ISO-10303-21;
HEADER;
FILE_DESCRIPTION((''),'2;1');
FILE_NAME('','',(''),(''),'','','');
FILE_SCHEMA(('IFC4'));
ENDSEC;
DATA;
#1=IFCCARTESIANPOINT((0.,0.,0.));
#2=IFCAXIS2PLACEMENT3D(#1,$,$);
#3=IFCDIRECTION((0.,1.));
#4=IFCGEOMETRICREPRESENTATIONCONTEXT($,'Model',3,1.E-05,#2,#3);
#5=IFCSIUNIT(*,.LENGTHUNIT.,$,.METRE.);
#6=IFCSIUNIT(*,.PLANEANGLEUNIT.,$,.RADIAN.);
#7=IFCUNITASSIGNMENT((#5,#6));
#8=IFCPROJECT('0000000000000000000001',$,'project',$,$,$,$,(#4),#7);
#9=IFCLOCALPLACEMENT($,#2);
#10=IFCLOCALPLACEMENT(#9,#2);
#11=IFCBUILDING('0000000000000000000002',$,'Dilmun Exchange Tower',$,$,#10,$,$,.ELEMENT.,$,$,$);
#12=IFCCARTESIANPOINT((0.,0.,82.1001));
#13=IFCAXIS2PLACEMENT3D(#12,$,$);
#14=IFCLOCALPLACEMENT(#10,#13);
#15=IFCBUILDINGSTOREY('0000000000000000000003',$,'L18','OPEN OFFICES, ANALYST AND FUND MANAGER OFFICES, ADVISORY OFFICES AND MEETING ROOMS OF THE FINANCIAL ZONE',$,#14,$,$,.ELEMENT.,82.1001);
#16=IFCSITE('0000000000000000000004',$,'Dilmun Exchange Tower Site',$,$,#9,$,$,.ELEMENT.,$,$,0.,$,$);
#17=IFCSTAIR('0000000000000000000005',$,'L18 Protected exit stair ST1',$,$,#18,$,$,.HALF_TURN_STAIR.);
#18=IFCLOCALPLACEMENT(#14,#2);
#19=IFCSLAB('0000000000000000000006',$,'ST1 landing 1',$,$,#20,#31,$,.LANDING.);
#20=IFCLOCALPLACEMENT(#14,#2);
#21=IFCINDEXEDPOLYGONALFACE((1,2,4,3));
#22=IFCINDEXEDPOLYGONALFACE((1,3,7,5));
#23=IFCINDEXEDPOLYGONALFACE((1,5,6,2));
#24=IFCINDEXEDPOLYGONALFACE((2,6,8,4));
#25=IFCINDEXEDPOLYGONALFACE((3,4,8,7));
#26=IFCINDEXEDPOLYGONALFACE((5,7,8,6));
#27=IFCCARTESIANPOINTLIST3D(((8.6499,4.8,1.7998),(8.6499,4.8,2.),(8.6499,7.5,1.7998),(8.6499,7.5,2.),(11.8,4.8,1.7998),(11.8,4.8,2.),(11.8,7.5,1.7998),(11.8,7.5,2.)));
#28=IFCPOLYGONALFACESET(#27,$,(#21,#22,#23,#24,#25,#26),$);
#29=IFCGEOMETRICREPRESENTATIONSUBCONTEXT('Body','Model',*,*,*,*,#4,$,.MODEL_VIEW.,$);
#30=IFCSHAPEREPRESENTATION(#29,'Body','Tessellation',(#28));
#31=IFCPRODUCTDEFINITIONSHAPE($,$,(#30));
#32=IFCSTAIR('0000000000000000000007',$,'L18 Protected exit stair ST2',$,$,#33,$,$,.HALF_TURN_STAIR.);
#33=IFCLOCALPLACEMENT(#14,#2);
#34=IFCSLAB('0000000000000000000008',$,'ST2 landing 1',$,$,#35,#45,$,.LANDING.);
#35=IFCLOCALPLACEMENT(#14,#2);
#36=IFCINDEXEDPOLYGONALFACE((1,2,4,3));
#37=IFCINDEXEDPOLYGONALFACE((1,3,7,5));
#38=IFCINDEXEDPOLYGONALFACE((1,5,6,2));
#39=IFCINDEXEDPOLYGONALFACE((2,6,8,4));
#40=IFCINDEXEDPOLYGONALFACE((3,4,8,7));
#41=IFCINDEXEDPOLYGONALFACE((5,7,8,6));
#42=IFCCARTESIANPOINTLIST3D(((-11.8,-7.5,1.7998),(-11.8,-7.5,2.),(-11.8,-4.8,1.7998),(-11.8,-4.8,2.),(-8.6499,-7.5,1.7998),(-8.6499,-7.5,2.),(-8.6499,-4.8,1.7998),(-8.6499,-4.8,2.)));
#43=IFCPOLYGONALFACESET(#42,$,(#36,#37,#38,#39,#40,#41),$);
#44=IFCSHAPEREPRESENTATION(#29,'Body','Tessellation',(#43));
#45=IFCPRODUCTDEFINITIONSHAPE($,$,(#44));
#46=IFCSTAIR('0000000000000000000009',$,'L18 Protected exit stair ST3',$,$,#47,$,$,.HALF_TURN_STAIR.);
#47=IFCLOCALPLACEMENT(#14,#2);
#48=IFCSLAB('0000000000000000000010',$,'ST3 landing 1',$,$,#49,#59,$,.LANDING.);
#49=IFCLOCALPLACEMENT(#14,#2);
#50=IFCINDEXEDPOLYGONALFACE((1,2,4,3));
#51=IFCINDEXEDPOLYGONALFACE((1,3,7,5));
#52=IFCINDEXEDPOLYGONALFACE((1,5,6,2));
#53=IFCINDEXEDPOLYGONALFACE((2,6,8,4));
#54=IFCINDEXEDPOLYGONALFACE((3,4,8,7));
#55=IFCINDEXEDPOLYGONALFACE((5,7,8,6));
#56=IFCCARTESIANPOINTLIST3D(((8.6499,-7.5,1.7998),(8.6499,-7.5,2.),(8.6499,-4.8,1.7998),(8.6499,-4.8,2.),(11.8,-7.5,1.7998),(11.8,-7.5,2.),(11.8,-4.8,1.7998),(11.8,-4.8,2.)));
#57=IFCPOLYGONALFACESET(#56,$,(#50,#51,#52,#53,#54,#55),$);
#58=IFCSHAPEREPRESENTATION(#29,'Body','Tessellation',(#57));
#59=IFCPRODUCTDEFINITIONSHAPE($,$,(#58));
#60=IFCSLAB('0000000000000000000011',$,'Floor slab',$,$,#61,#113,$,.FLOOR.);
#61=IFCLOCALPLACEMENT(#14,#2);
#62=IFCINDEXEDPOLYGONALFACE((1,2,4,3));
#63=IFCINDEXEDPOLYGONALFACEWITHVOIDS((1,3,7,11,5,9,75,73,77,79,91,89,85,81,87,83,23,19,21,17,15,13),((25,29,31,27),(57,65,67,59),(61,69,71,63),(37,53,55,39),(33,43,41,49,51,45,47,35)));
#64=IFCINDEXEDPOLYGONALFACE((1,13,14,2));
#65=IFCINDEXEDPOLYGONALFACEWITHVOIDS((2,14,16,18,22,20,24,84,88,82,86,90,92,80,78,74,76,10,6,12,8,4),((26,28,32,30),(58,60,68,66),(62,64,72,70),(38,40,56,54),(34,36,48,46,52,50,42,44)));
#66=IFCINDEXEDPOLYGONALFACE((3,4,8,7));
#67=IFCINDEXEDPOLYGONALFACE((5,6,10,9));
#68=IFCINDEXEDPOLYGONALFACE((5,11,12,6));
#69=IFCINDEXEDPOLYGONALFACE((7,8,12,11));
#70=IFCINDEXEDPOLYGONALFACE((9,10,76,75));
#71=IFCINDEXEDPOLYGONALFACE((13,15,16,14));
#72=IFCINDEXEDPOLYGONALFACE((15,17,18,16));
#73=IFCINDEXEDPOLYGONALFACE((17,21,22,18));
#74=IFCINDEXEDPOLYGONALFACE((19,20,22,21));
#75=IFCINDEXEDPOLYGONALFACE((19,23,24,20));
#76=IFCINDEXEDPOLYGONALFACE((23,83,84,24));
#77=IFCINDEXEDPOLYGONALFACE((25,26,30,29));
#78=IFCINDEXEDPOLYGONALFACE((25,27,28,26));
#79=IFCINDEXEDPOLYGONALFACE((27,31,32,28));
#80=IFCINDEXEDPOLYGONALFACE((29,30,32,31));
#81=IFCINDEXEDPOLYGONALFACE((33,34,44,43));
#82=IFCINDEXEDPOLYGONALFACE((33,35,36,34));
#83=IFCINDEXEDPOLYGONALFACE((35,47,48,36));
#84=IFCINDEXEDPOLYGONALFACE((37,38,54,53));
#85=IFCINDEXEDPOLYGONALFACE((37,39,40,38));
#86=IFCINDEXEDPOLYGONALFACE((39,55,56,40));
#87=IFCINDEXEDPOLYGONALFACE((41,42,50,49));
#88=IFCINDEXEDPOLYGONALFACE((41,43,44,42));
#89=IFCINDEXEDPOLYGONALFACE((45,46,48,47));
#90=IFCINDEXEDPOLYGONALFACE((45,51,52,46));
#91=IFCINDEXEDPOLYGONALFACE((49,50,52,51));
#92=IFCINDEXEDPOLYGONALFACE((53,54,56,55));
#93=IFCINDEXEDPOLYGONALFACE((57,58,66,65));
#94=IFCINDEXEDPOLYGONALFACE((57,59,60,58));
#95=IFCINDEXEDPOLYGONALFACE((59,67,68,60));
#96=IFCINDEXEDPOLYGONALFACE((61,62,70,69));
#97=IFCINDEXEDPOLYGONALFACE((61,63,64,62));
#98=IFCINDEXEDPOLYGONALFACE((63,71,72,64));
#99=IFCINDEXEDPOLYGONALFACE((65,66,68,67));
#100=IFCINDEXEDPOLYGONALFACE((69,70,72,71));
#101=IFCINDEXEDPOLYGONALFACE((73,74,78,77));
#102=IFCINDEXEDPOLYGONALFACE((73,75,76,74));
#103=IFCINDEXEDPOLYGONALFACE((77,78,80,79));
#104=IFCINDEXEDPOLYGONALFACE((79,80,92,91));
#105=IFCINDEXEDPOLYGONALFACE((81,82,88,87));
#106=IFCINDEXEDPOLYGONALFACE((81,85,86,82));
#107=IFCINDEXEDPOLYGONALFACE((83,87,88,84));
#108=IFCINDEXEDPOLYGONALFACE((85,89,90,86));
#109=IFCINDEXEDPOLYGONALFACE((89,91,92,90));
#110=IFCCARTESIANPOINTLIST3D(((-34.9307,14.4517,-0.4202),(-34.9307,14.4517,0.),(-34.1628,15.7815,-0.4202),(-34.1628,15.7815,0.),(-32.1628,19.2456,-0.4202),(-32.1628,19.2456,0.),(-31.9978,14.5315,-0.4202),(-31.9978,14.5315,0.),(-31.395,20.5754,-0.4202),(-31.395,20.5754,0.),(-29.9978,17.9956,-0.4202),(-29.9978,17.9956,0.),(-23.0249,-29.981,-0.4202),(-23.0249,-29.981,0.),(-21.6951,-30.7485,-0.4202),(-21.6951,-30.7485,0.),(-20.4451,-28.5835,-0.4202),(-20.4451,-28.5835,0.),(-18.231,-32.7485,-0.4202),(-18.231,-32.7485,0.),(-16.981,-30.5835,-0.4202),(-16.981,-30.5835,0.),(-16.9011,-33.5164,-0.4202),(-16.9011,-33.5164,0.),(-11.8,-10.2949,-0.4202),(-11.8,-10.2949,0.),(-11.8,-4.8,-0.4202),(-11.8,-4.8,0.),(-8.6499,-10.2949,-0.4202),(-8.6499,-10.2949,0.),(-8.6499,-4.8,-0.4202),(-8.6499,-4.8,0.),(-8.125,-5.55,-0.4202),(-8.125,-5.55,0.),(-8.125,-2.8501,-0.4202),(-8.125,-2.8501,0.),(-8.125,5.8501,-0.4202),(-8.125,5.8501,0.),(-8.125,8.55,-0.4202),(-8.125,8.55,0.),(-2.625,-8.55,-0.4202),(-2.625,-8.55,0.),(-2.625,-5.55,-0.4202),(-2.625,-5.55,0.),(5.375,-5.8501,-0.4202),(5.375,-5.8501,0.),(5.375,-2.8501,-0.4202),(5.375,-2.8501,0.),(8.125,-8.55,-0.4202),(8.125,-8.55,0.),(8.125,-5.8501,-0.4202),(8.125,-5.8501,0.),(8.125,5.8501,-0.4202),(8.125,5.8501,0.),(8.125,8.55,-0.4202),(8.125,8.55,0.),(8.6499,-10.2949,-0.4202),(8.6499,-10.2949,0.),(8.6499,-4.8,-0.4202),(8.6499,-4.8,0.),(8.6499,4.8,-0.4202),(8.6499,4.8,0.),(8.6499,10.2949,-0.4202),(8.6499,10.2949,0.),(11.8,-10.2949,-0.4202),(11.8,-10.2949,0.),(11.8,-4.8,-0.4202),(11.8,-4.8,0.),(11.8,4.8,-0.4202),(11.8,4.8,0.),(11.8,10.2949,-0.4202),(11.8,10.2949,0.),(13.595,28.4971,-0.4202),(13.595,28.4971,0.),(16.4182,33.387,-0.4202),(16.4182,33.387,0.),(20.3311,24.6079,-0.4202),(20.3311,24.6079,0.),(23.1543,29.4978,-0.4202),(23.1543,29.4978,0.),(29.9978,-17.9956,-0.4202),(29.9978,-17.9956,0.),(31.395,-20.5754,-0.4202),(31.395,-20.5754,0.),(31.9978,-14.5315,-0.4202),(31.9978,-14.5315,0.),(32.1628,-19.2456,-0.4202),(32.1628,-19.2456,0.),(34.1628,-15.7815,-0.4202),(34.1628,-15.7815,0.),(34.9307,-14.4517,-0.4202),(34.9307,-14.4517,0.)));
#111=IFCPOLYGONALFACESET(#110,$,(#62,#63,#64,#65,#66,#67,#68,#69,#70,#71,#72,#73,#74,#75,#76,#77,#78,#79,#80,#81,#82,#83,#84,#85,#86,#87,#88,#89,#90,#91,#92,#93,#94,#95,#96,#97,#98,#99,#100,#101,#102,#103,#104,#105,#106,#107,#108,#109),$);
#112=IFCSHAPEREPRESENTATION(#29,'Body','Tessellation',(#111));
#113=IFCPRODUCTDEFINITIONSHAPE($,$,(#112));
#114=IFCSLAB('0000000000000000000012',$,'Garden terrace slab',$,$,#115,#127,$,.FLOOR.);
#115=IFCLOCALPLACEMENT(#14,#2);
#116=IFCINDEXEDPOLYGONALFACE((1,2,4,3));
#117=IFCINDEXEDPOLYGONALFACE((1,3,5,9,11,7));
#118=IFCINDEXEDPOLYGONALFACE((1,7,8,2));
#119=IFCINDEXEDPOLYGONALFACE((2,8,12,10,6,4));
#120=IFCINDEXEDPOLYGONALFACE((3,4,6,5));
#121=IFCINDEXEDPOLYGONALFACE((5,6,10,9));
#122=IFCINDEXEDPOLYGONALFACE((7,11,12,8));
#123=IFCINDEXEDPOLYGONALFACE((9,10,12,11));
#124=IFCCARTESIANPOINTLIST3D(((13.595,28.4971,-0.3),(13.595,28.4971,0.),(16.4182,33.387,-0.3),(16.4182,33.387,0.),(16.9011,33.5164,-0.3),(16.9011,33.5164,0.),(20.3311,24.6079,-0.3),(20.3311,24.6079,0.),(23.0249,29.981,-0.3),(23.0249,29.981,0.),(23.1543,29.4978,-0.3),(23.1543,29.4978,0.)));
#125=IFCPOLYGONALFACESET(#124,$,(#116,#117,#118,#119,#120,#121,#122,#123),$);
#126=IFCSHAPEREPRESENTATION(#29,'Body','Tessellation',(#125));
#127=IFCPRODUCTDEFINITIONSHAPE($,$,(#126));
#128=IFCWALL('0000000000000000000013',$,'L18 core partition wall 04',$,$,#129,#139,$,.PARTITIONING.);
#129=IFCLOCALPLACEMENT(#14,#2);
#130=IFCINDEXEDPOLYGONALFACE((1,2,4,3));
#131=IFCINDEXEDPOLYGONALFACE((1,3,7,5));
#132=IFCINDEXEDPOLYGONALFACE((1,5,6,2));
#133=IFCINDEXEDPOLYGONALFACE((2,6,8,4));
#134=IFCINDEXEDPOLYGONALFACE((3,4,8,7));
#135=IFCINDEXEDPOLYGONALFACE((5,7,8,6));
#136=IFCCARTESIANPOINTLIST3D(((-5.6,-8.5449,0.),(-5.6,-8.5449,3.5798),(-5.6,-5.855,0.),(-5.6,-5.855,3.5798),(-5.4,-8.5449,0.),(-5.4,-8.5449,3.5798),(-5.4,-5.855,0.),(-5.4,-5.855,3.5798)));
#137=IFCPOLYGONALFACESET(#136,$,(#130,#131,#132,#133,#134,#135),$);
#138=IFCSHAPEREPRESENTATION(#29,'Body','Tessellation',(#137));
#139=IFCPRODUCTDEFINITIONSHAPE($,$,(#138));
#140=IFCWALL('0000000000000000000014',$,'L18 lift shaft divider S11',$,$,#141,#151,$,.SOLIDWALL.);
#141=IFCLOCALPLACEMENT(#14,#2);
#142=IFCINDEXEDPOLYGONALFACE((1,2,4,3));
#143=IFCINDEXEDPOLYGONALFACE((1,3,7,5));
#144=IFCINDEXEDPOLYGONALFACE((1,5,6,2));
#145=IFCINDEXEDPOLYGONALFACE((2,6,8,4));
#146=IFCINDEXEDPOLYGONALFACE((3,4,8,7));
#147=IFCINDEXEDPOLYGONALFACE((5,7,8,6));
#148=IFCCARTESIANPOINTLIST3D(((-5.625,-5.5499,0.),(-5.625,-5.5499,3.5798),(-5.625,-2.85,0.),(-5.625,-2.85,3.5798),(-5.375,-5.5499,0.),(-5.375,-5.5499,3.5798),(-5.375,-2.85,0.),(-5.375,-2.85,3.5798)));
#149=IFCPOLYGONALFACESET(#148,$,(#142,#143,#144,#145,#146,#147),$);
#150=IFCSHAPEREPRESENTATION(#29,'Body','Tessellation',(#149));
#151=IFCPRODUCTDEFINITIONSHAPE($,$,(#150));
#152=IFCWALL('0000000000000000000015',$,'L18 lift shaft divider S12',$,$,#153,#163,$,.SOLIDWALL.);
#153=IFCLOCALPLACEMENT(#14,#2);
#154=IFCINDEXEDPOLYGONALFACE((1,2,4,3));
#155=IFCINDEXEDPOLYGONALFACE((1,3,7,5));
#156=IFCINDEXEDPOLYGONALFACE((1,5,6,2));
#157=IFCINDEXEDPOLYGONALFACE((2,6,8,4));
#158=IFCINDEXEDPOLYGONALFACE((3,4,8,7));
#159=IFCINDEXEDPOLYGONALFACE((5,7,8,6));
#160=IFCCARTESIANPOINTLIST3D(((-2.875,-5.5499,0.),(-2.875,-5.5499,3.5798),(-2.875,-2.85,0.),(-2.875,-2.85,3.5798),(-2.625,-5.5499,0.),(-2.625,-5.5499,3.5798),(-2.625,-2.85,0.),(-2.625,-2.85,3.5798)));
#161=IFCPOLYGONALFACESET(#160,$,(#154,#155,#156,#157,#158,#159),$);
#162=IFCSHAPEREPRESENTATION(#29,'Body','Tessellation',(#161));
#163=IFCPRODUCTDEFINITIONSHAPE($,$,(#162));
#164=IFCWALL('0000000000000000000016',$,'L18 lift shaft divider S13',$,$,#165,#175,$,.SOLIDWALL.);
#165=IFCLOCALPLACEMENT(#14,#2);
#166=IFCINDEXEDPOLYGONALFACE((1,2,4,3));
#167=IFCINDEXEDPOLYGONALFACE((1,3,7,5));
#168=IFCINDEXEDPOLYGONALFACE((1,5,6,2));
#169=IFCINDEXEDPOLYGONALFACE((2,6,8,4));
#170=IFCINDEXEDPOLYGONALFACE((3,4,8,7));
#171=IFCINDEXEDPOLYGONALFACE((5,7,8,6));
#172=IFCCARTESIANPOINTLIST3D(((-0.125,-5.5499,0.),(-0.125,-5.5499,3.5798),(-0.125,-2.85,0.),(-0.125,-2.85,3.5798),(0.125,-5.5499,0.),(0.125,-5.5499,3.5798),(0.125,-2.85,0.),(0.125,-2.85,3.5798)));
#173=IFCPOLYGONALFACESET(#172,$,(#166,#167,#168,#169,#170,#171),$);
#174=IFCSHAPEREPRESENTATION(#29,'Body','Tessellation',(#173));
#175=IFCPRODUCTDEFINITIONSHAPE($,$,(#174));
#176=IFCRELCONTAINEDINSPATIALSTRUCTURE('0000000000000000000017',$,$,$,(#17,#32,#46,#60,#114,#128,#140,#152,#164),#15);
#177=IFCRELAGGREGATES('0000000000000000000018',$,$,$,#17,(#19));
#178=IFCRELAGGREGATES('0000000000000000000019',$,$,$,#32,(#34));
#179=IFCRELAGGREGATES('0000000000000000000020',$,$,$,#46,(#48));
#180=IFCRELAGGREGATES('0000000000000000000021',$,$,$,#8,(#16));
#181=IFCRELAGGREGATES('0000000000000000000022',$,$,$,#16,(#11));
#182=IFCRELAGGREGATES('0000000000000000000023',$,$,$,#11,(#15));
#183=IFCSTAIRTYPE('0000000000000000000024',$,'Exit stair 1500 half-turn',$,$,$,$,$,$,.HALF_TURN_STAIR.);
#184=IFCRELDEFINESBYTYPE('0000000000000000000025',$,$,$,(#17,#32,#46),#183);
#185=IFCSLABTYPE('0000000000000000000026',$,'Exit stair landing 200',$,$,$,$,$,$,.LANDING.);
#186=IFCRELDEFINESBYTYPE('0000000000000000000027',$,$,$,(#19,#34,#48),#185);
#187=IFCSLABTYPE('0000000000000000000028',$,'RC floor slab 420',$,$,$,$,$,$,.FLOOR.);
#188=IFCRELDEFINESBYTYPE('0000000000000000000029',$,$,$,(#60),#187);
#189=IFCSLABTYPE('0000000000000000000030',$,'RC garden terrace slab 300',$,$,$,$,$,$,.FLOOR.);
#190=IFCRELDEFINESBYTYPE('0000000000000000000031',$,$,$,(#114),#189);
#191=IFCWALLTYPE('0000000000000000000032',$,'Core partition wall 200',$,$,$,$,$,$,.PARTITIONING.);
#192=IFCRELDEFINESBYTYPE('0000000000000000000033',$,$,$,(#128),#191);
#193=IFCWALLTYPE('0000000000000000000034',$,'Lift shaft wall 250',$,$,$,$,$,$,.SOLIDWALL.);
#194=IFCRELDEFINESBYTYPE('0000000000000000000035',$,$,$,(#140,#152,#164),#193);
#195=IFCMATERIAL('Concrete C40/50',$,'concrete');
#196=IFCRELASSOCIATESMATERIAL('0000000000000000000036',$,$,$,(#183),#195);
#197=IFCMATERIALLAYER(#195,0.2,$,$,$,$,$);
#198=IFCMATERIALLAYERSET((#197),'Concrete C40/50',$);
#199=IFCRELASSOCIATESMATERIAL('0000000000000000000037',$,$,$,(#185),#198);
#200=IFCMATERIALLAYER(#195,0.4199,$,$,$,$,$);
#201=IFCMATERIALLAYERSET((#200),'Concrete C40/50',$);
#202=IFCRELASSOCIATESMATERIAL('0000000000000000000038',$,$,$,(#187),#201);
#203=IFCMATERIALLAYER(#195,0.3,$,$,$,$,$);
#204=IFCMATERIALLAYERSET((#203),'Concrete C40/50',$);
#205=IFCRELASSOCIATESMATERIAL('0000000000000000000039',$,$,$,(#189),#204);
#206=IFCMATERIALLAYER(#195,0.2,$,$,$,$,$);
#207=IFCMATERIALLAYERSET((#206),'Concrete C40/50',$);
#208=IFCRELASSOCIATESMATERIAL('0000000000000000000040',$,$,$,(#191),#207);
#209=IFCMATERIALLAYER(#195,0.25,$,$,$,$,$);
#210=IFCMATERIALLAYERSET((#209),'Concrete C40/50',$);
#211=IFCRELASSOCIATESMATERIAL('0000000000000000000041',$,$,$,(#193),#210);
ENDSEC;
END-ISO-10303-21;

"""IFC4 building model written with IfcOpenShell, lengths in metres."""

from ifc_helpers import new_model, si_unit, direction, frame, frame_2d, origin, place, context, subcontext, project, spatial, polyline, rectangle, outline, extrude, material, layer, layer_set, type_object, element, aggregate, save


model = new_model("IFC4")

# Units and contexts
model_context = context("Model", 3, precision=1e-05, world=origin(), true_north=direction((0.0, 1.0)))
body_context = subcontext(model_context, "Body", "Model", "MODEL_VIEW")
ifc_project = project(units=[si_unit("LENGTHUNIT", "METRE"), si_unit("PLANEANGLEUNIT", "RADIAN")], contexts=[model_context])

# Site, building, storey
site_placement = place(None, origin())
site = spatial("IfcSite", under=ifc_project, at=site_placement, Name="Dilmun Exchange Tower Site", CompositionType="ELEMENT", RefElevation=0.0)
building_placement = place(site_placement, origin())
building = spatial("IfcBuilding", under=site, at=building_placement, Name="Dilmun Exchange Tower", CompositionType="ELEMENT")
storey_placement = place(building_placement, frame((0.0, 0.0, 82.1001)))
storey = spatial("IfcBuildingStorey", under=building, at=storey_placement, Name="L18", Description="OPEN OFFICES, ANALYST AND FUND MANAGER OFFICES, ADVISORY OFFICES AND MEETING ROOMS OF THE FINANCIAL ZONE", CompositionType="ELEMENT", Elevation=82.1001)

# Stairs, slabs
ifc_material_1 = material(Name="Concrete C40/50", Category="concrete")
stair_type = type_object("IfcStairType", Name="Exit stair 1500 half-turn", PredefinedType="HALF_TURN_STAIR", material=ifc_material_1)
stair_1_placement = place(storey_placement, origin())
stair_1 = element("IfcStair", 1, at=stair_1_placement, inside=storey, type_object=stair_type, Name="L18 Protected exit stair ST1", PredefinedType="HALF_TURN_STAIR")
ifc_layer_1 = layer(ifc_material_1, 0.2)
ifc_layer_set_1 = layer_set([ifc_layer_1], Name="Concrete C40/50")
slab_type_1 = type_object("IfcSlabType", Name="Exit stair landing 200", PredefinedType="LANDING", material=ifc_layer_set_1)
slab_1_placement = place(storey_placement, frame((0.0, 0.0, 1.7998)))
slab_1 = element("IfcSlab", 2, at=slab_1_placement, type_object=slab_type_1, Name="ST1 landing 1", PredefinedType="LANDING", context=body_context, shape_type="SweptSolid", body=[
    extrude(outline(polyline([(8.6499, 7.5), (8.6499, 4.8), (11.8, 4.8), (11.8, 7.5), (8.6499, 7.5)])), origin(), (0.0, 0.0, 1.0), 0.2002),
])
aggregate(stair_1, [slab_1])
stair_2_placement = place(storey_placement, origin())
stair_2 = element("IfcStair", 3, at=stair_2_placement, inside=storey, type_object=stair_type, Name="L18 Protected exit stair ST2", PredefinedType="HALF_TURN_STAIR")
slab_2_placement = place(storey_placement, frame((0.0, 0.0, 1.7998)))
slab_2 = element("IfcSlab", 4, at=slab_2_placement, type_object=slab_type_1, Name="ST2 landing 1", PredefinedType="LANDING", context=body_context, shape_type="SweptSolid", body=[
    extrude(outline(polyline([(-8.6499, -7.5), (-8.6499, -4.8), (-11.8, -4.8), (-11.8, -7.5), (-8.6499, -7.5)])), origin(), (0.0, 0.0, 1.0), 0.2002),
])
aggregate(stair_2, [slab_2])
stair_3_placement = place(storey_placement, origin())
stair_3 = element("IfcStair", 5, at=stair_3_placement, inside=storey, type_object=stair_type, Name="L18 Protected exit stair ST3", PredefinedType="HALF_TURN_STAIR")
slab_3_placement = place(storey_placement, frame((0.0, 0.0, 1.7998)))
slab_3 = element("IfcSlab", 6, at=slab_3_placement, type_object=slab_type_1, Name="ST3 landing 1", PredefinedType="LANDING", context=body_context, shape_type="SweptSolid", body=[
    extrude(outline(polyline([(11.8, -7.5), (11.8, -4.8), (8.6499, -4.8), (8.6499, -7.5), (11.8, -7.5)])), origin(), (0.0, 0.0, 1.0), 0.2002),
])
aggregate(stair_3, [slab_3])

# Slabs
ifc_layer_2 = layer(ifc_material_1, 0.4199)
ifc_layer_set_2 = layer_set([ifc_layer_2], Name="Concrete C40/50")
slab_type_2 = type_object("IfcSlabType", Name="RC floor slab 420", PredefinedType="FLOOR", material=ifc_layer_set_2)
slab_4_placement = place(storey_placement, frame((0.0, 0.0, -0.4202)))
element("IfcSlab", 7, at=slab_4_placement, inside=storey, type_object=slab_type_2, Name="Floor slab", PredefinedType="FLOOR", context=body_context, shape_type="SweptSolid", body=[
    extrude(outline(polyline([(34.1628, -15.7815), (31.9978, -14.5315), (29.9978, -17.9956), (32.1628, -19.2456), (31.395, -20.5754), (-16.9011, -33.5164), (-18.231, -32.7485), (-16.981, -30.5835), (-20.4451, -28.5835), (-21.6951, -30.7485), (-23.0249, -29.981), (-34.9307, 14.4517), (-34.1628, 15.7815), (-31.9978, 14.5315), (-29.9978, 17.9956), (-32.1628, 19.2456), (-31.395, 20.5754), (16.4182, 33.387), (13.595, 28.4971), (20.3311, 24.6079), (23.1543, 29.4978), (34.9307, -14.4517), (34.1628, -15.7815)]), holes=[polyline([(-8.6499, -4.8), (-11.8, -4.8), (-11.8, -10.2949), (-8.6499, -10.2949), (-8.6499, -4.8)]), polyline([(11.8, -4.8), (8.6499, -4.8), (8.6499, -10.2949), (11.8, -10.2949), (11.8, -4.8)]), polyline([(-8.125, -2.8501), (-8.125, -5.55), (-2.625, -5.55), (-2.625, -8.55), (8.125, -8.55), (8.125, -5.8501), (5.375, -5.8501), (5.375, -2.8501), (-8.125, -2.8501)]), polyline([(-8.125, 5.8501), (8.125, 5.8501), (8.125, 8.55), (-8.125, 8.55), (-8.125, 5.8501)]), polyline([(8.6499, 10.2949), (8.6499, 4.8), (11.8, 4.8), (11.8, 10.2949), (8.6499, 10.2949)])]), origin(), (0.0, 0.0, 1.0), 0.4202),
])
ifc_layer_3 = layer(ifc_material_1, 0.3)
ifc_layer_set_3 = layer_set([ifc_layer_3], Name="Concrete C40/50")
slab_type_3 = type_object("IfcSlabType", Name="RC garden terrace slab 300", PredefinedType="FLOOR", material=ifc_layer_set_3)
slab_5_placement = place(storey_placement, frame((0.0, 0.0, -0.3)))
element("IfcSlab", 8, at=slab_5_placement, inside=storey, type_object=slab_type_3, Name="Garden terrace slab", PredefinedType="FLOOR", context=body_context, shape_type="SweptSolid", body=[
    extrude(outline(polyline([(13.595, 28.4971), (16.4182, 33.387), (16.9011, 33.5164), (23.0249, 29.981), (23.1543, 29.4978), (20.3311, 24.6079), (13.595, 28.4971)])), origin(), (0.0, 0.0, 1.0), 0.3),
])

# Wall
ifc_layer_4 = layer(ifc_material_1, 0.2)
ifc_layer_set_4 = layer_set([ifc_layer_4], Name="Concrete C40/50")
wall_type_1 = type_object("IfcWallType", Name="Core partition wall 200", PredefinedType="PARTITIONING", material=ifc_layer_set_4)
wall_1_placement = place(storey_placement, frame((-5.5, -8.5449, 0.0), z_axis=(0.0, 0.0, 1.0), x_axis=(0.0, 1.0, 0.0)))
element("IfcWall", 9, at=wall_1_placement, inside=storey, type_object=wall_type_1, Name="L18 core partition wall 04", PredefinedType="PARTITIONING", context=body_context, shape_type="SweptSolid", body=[
    extrude(rectangle(XDim=2.6899, YDim=0.2, at=frame_2d((1.345, 0.0))), origin(), (0.0, 0.0, 1.0), 3.5798),
])

# Walls
ifc_layer_5 = layer(ifc_material_1, 0.25)
ifc_layer_set_5 = layer_set([ifc_layer_5], Name="Concrete C40/50")
wall_type_2 = type_object("IfcWallType", Name="Lift shaft wall 250", PredefinedType="SOLIDWALL", material=ifc_layer_set_5)
for number, where, z_axis, x_axis, name in (
    (10, (-5.5, -5.55, 0.0), (0.0, 0.0, 1.0), (0.0, 1.0, 0.0), "L18 lift shaft divider S11"),
    (11, (-2.75, -5.55, 0.0), (0.0, 0.0, 1.0), (0.0, 1.0, 0.0), "L18 lift shaft divider S12"),
    (12, (0.0, -5.55, 0.0), (0.0, 0.0, 1.0), (0.0, 1.0, 0.0), "L18 lift shaft divider S13"),
):
    element("IfcWall", number, at=place(storey_placement, frame(where, z_axis=z_axis, x_axis=x_axis)), inside=storey, type_object=wall_type_2, Name=name, PredefinedType="SOLIDWALL", context=body_context, shape_type="SweptSolid", body=[
        extrude(rectangle(XDim=2.7, YDim=0.25, at=frame_2d((1.3501, 0.0))), origin(), (0.0, 0.0, 1.0), 3.5798),
    ])

save(model, "model.ifc")
